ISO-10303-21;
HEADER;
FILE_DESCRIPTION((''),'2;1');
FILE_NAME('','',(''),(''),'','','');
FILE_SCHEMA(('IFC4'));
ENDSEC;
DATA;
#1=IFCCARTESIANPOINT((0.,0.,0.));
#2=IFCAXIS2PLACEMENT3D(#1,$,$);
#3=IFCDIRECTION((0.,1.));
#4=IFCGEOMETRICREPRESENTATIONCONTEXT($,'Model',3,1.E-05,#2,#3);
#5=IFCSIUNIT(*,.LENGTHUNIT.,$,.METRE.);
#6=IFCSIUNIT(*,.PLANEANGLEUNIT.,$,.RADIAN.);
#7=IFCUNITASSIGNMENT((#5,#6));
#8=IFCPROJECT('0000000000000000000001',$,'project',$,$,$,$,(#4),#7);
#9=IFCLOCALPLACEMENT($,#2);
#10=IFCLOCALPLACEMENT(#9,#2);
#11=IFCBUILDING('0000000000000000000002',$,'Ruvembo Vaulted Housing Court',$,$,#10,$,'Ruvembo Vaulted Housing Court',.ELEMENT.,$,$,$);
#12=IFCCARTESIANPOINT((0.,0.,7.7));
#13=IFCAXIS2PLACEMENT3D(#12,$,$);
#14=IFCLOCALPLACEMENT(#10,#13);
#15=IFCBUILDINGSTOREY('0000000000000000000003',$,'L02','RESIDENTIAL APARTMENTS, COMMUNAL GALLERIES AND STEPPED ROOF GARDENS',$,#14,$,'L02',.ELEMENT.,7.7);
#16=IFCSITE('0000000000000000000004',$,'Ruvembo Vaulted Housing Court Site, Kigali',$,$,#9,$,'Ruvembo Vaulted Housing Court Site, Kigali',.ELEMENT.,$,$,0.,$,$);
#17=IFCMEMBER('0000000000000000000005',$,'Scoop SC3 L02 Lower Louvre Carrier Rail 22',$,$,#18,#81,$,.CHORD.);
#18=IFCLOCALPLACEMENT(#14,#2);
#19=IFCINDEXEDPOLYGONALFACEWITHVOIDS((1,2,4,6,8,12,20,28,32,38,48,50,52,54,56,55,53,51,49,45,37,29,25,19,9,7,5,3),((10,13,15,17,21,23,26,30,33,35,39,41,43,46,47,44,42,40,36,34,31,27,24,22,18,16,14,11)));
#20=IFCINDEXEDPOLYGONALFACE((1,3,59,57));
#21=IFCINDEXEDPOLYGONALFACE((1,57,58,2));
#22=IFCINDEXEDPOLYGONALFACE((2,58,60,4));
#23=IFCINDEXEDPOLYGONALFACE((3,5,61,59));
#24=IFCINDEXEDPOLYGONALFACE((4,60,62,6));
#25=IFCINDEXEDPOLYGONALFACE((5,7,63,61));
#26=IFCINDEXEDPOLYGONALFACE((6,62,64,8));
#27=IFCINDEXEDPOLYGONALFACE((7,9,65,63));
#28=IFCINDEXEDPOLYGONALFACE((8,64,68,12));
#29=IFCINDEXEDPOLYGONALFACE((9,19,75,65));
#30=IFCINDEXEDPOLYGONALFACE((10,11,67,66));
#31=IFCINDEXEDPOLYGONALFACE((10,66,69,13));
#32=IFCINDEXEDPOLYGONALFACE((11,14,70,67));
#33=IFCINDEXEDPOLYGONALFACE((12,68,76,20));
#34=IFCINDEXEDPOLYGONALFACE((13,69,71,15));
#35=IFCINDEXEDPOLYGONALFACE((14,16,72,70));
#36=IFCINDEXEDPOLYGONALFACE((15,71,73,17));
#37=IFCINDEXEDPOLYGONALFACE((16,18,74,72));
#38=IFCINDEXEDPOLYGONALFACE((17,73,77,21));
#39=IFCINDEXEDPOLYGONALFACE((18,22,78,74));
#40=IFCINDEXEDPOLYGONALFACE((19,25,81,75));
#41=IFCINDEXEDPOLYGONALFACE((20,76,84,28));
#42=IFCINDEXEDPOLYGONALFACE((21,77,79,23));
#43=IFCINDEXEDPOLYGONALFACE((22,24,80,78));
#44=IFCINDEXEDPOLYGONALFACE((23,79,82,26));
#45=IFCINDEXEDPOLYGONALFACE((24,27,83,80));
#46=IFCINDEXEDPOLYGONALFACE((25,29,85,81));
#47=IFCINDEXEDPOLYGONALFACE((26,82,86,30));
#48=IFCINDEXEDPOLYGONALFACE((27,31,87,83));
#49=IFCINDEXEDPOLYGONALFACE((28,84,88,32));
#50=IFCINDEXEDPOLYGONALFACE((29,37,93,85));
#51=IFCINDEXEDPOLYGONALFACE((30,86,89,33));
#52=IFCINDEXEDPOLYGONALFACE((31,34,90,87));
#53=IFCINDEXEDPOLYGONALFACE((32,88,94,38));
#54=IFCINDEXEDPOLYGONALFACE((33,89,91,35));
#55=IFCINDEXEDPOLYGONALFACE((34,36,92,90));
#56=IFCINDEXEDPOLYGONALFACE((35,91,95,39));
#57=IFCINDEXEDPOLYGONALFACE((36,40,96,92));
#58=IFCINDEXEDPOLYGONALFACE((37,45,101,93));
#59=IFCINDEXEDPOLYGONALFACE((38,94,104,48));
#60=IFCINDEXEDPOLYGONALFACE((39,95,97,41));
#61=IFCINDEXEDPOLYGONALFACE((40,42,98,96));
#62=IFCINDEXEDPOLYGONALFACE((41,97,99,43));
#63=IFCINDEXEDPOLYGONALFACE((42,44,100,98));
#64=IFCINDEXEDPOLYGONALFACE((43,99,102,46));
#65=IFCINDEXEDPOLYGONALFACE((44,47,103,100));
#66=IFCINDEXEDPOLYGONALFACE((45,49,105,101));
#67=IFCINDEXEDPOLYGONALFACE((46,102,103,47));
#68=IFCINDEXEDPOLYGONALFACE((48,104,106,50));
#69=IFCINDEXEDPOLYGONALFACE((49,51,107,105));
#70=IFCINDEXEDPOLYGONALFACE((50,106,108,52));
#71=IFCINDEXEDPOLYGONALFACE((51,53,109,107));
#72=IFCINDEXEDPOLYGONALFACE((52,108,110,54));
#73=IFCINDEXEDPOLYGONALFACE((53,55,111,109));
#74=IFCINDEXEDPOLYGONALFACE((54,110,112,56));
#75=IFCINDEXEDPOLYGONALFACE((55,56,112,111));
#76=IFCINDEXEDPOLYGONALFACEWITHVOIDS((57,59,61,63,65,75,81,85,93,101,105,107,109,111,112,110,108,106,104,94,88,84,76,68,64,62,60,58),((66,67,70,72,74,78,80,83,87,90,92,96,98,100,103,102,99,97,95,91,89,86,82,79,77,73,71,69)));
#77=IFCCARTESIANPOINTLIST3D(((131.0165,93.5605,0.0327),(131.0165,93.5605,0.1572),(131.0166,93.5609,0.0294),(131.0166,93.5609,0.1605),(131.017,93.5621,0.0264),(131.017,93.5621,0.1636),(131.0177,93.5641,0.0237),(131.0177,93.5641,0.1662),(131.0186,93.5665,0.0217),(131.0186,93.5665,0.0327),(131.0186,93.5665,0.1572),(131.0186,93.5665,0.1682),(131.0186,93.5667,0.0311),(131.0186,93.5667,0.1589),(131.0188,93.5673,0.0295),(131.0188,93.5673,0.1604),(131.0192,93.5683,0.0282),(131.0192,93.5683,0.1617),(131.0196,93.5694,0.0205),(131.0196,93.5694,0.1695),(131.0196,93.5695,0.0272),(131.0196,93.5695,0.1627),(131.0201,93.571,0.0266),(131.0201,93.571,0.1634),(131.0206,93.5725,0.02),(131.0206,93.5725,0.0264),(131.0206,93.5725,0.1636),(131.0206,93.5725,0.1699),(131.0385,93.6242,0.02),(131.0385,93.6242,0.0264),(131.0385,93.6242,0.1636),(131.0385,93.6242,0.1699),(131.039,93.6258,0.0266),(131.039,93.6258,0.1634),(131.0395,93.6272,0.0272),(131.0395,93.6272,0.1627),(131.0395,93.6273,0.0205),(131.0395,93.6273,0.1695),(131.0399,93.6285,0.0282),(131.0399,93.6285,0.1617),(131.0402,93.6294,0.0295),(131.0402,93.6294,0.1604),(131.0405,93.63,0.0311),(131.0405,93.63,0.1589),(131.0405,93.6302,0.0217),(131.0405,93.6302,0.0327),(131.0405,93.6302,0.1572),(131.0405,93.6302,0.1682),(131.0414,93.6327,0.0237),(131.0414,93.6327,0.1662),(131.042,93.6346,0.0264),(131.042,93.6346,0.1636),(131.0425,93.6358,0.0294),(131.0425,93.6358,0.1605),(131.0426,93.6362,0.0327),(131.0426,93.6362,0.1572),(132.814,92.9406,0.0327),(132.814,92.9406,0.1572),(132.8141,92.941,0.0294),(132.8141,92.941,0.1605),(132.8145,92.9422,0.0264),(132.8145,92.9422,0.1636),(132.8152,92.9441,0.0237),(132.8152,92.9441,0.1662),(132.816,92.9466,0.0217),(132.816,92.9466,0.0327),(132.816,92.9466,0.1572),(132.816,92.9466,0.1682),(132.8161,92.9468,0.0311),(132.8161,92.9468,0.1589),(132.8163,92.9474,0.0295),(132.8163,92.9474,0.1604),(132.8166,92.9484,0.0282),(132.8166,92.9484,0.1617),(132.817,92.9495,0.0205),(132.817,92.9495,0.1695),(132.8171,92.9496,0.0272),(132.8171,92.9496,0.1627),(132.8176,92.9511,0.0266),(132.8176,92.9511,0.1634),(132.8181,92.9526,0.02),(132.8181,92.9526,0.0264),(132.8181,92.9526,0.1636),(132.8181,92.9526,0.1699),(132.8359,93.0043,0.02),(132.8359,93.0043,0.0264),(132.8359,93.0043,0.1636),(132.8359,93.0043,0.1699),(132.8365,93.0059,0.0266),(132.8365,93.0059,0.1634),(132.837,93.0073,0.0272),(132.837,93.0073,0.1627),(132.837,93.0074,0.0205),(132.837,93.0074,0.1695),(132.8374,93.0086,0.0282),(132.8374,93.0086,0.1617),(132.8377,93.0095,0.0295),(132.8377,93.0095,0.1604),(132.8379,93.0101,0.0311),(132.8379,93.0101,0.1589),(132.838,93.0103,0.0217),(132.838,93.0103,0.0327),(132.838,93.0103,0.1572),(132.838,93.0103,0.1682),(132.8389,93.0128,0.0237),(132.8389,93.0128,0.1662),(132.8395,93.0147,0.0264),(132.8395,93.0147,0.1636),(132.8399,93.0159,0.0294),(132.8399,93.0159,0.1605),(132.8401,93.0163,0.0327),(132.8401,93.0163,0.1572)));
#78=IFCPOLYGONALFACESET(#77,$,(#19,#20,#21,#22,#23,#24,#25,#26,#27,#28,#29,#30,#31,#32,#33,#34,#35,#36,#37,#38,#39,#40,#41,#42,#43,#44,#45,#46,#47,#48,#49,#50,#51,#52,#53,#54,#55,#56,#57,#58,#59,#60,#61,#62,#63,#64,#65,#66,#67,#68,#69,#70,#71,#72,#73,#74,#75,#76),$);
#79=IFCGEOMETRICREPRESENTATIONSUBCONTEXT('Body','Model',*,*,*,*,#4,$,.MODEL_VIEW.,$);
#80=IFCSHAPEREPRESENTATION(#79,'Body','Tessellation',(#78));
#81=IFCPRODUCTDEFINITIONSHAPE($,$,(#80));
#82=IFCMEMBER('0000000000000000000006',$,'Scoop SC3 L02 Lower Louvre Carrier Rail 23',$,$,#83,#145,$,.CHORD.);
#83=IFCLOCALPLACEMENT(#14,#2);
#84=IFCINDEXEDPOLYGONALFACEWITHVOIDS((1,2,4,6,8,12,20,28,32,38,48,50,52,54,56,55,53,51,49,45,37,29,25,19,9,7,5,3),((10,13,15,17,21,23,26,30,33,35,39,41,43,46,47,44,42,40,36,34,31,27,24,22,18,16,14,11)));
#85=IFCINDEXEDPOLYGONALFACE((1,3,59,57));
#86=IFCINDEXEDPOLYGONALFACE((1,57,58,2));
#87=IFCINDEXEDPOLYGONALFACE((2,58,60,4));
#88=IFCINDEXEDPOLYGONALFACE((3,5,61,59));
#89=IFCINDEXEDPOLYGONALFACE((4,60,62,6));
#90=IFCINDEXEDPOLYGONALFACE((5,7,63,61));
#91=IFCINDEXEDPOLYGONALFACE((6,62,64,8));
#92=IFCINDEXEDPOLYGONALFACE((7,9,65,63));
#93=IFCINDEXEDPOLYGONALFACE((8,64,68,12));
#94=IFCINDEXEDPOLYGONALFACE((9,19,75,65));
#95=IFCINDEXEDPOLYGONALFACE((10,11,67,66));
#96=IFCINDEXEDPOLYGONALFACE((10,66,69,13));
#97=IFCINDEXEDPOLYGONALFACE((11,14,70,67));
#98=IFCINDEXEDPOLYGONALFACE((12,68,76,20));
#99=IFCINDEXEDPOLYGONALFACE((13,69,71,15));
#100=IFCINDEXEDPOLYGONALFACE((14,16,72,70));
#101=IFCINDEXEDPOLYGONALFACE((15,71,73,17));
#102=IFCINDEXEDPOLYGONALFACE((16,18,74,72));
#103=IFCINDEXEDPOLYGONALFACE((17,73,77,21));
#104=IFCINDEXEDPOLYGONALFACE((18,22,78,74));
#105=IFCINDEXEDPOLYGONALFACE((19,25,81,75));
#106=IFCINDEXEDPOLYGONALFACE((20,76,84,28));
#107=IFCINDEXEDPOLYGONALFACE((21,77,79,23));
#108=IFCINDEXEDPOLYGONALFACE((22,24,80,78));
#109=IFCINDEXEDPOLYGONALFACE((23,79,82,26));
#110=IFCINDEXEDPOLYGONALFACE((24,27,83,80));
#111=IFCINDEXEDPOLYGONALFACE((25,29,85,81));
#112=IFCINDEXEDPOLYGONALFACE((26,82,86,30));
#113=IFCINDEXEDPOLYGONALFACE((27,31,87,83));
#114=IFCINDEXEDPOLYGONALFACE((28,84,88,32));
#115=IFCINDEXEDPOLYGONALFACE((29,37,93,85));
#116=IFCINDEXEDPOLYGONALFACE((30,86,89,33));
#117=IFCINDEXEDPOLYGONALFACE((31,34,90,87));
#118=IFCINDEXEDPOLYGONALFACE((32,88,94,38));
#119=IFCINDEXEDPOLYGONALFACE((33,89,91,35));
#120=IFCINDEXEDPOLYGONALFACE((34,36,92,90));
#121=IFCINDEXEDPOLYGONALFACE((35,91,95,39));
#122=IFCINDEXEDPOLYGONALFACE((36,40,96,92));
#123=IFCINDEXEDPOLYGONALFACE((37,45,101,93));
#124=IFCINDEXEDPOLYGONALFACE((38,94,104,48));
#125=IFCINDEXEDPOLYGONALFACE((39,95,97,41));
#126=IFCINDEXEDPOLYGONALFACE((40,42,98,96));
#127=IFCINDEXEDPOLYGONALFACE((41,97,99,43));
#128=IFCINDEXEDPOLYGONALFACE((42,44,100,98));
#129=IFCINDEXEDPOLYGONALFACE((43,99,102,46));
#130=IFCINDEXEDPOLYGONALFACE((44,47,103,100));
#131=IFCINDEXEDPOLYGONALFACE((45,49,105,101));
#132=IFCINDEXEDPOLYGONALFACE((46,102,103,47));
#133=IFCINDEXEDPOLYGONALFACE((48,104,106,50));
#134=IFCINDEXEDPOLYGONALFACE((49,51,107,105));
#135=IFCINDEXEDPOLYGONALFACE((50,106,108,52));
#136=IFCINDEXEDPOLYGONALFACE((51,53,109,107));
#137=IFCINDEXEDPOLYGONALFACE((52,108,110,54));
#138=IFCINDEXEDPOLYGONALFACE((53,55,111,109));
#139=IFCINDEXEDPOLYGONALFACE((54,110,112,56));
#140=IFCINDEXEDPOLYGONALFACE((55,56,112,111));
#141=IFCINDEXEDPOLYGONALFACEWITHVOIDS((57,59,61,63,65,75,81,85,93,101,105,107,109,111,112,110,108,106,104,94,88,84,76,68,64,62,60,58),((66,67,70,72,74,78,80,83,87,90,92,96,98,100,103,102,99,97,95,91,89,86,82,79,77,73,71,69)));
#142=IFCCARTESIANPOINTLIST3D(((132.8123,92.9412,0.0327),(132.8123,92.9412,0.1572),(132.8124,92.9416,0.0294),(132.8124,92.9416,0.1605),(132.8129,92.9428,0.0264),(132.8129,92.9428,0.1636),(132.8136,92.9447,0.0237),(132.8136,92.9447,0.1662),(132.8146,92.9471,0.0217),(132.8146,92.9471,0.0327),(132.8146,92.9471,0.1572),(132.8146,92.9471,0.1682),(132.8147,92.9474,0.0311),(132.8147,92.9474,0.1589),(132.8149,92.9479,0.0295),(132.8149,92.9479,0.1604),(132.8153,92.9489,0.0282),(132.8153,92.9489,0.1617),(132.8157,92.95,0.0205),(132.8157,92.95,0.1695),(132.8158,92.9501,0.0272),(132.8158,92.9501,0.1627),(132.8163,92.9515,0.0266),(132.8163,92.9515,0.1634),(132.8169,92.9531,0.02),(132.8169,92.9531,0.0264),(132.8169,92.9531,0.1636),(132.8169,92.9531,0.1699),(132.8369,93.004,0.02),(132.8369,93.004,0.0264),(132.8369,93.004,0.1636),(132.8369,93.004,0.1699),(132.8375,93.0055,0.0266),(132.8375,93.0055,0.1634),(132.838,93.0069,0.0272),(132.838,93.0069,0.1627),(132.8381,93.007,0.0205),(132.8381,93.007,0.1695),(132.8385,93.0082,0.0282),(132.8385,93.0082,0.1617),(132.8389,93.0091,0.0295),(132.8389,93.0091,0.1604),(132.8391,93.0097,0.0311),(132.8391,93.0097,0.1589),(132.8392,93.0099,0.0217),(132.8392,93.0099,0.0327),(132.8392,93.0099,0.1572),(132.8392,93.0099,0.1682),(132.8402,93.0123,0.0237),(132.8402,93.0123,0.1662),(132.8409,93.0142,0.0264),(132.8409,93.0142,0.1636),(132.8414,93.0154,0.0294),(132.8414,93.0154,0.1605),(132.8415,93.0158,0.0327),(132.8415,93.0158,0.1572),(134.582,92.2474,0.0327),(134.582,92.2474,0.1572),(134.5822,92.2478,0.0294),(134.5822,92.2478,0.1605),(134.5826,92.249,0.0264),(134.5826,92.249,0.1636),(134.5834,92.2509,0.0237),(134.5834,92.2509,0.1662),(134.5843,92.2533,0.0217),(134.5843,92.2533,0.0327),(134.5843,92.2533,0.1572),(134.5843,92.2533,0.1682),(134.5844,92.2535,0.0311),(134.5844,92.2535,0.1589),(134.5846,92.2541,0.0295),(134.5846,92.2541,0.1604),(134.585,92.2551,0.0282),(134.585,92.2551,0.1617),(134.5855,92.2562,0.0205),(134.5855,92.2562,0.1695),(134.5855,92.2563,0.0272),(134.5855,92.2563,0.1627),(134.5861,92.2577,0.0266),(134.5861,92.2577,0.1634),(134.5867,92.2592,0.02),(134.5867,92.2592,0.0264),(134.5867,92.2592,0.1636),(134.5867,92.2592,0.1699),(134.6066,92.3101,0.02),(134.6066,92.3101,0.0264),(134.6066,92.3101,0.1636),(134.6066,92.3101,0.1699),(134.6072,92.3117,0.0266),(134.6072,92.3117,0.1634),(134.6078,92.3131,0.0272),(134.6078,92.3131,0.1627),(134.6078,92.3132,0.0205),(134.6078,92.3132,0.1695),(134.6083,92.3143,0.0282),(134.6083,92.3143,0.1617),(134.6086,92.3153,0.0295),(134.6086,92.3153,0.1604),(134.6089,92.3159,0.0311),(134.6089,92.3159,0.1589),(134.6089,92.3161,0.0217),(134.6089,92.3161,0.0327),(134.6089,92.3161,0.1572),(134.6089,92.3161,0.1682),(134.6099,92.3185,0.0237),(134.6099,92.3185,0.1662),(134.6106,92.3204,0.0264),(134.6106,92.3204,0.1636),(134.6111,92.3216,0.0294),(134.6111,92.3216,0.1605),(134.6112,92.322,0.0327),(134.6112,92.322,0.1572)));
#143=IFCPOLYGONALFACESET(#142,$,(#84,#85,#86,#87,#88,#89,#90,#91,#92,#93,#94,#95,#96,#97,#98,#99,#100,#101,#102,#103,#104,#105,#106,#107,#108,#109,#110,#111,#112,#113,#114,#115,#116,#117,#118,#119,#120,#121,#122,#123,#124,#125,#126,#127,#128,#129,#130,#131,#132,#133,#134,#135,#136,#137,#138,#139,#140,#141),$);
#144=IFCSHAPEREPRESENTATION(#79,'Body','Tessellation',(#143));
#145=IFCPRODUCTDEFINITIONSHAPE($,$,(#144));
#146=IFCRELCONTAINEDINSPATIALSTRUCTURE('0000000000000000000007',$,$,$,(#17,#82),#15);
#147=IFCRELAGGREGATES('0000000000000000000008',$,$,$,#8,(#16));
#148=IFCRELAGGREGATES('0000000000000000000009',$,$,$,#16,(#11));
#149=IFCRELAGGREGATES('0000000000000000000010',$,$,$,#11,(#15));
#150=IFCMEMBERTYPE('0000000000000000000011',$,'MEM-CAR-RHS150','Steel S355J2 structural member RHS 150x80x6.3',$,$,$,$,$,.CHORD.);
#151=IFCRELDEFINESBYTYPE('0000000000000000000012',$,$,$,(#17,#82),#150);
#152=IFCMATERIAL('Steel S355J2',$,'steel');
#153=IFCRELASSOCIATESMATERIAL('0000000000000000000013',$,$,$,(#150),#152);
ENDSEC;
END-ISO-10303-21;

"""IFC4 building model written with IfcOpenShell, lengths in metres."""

from ifc_helpers import new_model, si_unit, direction, frame, origin, origin_2d, place, context, subcontext, project, spatial, hollow_rectangle, extrude, material, material_profile, profile_set, type_object, element, save


model = new_model("IFC4")

# Units and contexts
model_context = context("Model", 3, precision=1e-05, world=origin(), true_north=direction((0.0, 1.0)))
body_context = subcontext(model_context, "Body", "Model", "MODEL_VIEW")
ifc_project = project(units=[si_unit("LENGTHUNIT", "METRE"), si_unit("PLANEANGLEUNIT", "RADIAN")], contexts=[model_context])

# Site, building, storey
site_placement = place(None, origin())
site = spatial("IfcSite", under=ifc_project, at=site_placement, Name="Ruvembo Vaulted Housing Court Site, Kigali", LongName="Ruvembo Vaulted Housing Court Site, Kigali", CompositionType="ELEMENT", RefElevation=0.0)
building_placement = place(site_placement, origin())
building = spatial("IfcBuilding", under=site, at=building_placement, Name="Ruvembo Vaulted Housing Court", LongName="Ruvembo Vaulted Housing Court", CompositionType="ELEMENT")
storey_placement = place(building_placement, frame((0.0, 0.0, 7.7)))
storey = spatial("IfcBuildingStorey", under=building, at=storey_placement, Name="L02", Description="RESIDENTIAL APARTMENTS, COMMUNAL GALLERIES AND STEPPED ROOF GARDENS", LongName="L02", CompositionType="ELEMENT", Elevation=7.7)

# Shared definitions
ifc_material_1 = material(Name="Steel S355J2", Category="steel")

# Members
ifc_material_profile_1 = material_profile(ifc_material_1, hollow_rectangle(XDim=0.0801, YDim=0.1499, WallThickness=0.0063, InnerFilletRadius=0.0063, OuterFilletRadius=0.0127, at=origin_2d()), Name="RHS 150x80x6.3")
ifc_profile_set_1 = profile_set([ifc_material_profile_1], Name="Steel S355J2")
member_type_1 = type_object("IfcMemberType", Name="MEM-CAR-RHS150", Description="Steel S355J2 structural member RHS 150x80x6.3", PredefinedType="CHORD", material=ifc_profile_set_1)
member_1_placement = place(storey_placement, frame((131.0295, 93.5984, 0.095), z_axis=(0.945358, -0.326034, 0.0), x_axis=(0.326034, 0.945358, 0.0)))
element("IfcMember", 1, at=member_1_placement, inside=storey, type_object=member_type_1, Name="Scoop SC3 L02 Lower Louvre Carrier Rail 22", PredefinedType="CHORD", context=body_context, shape_type="SweptSolid", body=[
    extrude(hollow_rectangle(XDim=0.0801, YDim=0.1499, WallThickness=0.0063, InnerFilletRadius=0.0063, OuterFilletRadius=0.0127, at=origin_2d()), origin(), (0.0, 0.0, 1.0), 1.9014),
])
for number, where, z_axis, x_axis, name in (
    (2, (132.8269, 92.9785, 0.095), (0.931006, -0.365005, 0.0), (0.365005, 0.931006, 0.0), "Scoop SC3 L02 Lower Louvre Carrier Rail 23"),
):
    element("IfcMember", number, at=place(storey_placement, frame(where, z_axis=z_axis, x_axis=x_axis)), inside=storey, type_object=member_type_1, Name=name, PredefinedType="CHORD", context=body_context, shape_type="SweptSolid", body=[
        extrude(hollow_rectangle(XDim=0.0801, YDim=0.1499, WallThickness=0.0063, InnerFilletRadius=0.0063, OuterFilletRadius=0.0127, at=origin_2d()), origin(), (0.0, 0.0, 1.0), 1.9009),
    ])

save(model, "model.ifc")
